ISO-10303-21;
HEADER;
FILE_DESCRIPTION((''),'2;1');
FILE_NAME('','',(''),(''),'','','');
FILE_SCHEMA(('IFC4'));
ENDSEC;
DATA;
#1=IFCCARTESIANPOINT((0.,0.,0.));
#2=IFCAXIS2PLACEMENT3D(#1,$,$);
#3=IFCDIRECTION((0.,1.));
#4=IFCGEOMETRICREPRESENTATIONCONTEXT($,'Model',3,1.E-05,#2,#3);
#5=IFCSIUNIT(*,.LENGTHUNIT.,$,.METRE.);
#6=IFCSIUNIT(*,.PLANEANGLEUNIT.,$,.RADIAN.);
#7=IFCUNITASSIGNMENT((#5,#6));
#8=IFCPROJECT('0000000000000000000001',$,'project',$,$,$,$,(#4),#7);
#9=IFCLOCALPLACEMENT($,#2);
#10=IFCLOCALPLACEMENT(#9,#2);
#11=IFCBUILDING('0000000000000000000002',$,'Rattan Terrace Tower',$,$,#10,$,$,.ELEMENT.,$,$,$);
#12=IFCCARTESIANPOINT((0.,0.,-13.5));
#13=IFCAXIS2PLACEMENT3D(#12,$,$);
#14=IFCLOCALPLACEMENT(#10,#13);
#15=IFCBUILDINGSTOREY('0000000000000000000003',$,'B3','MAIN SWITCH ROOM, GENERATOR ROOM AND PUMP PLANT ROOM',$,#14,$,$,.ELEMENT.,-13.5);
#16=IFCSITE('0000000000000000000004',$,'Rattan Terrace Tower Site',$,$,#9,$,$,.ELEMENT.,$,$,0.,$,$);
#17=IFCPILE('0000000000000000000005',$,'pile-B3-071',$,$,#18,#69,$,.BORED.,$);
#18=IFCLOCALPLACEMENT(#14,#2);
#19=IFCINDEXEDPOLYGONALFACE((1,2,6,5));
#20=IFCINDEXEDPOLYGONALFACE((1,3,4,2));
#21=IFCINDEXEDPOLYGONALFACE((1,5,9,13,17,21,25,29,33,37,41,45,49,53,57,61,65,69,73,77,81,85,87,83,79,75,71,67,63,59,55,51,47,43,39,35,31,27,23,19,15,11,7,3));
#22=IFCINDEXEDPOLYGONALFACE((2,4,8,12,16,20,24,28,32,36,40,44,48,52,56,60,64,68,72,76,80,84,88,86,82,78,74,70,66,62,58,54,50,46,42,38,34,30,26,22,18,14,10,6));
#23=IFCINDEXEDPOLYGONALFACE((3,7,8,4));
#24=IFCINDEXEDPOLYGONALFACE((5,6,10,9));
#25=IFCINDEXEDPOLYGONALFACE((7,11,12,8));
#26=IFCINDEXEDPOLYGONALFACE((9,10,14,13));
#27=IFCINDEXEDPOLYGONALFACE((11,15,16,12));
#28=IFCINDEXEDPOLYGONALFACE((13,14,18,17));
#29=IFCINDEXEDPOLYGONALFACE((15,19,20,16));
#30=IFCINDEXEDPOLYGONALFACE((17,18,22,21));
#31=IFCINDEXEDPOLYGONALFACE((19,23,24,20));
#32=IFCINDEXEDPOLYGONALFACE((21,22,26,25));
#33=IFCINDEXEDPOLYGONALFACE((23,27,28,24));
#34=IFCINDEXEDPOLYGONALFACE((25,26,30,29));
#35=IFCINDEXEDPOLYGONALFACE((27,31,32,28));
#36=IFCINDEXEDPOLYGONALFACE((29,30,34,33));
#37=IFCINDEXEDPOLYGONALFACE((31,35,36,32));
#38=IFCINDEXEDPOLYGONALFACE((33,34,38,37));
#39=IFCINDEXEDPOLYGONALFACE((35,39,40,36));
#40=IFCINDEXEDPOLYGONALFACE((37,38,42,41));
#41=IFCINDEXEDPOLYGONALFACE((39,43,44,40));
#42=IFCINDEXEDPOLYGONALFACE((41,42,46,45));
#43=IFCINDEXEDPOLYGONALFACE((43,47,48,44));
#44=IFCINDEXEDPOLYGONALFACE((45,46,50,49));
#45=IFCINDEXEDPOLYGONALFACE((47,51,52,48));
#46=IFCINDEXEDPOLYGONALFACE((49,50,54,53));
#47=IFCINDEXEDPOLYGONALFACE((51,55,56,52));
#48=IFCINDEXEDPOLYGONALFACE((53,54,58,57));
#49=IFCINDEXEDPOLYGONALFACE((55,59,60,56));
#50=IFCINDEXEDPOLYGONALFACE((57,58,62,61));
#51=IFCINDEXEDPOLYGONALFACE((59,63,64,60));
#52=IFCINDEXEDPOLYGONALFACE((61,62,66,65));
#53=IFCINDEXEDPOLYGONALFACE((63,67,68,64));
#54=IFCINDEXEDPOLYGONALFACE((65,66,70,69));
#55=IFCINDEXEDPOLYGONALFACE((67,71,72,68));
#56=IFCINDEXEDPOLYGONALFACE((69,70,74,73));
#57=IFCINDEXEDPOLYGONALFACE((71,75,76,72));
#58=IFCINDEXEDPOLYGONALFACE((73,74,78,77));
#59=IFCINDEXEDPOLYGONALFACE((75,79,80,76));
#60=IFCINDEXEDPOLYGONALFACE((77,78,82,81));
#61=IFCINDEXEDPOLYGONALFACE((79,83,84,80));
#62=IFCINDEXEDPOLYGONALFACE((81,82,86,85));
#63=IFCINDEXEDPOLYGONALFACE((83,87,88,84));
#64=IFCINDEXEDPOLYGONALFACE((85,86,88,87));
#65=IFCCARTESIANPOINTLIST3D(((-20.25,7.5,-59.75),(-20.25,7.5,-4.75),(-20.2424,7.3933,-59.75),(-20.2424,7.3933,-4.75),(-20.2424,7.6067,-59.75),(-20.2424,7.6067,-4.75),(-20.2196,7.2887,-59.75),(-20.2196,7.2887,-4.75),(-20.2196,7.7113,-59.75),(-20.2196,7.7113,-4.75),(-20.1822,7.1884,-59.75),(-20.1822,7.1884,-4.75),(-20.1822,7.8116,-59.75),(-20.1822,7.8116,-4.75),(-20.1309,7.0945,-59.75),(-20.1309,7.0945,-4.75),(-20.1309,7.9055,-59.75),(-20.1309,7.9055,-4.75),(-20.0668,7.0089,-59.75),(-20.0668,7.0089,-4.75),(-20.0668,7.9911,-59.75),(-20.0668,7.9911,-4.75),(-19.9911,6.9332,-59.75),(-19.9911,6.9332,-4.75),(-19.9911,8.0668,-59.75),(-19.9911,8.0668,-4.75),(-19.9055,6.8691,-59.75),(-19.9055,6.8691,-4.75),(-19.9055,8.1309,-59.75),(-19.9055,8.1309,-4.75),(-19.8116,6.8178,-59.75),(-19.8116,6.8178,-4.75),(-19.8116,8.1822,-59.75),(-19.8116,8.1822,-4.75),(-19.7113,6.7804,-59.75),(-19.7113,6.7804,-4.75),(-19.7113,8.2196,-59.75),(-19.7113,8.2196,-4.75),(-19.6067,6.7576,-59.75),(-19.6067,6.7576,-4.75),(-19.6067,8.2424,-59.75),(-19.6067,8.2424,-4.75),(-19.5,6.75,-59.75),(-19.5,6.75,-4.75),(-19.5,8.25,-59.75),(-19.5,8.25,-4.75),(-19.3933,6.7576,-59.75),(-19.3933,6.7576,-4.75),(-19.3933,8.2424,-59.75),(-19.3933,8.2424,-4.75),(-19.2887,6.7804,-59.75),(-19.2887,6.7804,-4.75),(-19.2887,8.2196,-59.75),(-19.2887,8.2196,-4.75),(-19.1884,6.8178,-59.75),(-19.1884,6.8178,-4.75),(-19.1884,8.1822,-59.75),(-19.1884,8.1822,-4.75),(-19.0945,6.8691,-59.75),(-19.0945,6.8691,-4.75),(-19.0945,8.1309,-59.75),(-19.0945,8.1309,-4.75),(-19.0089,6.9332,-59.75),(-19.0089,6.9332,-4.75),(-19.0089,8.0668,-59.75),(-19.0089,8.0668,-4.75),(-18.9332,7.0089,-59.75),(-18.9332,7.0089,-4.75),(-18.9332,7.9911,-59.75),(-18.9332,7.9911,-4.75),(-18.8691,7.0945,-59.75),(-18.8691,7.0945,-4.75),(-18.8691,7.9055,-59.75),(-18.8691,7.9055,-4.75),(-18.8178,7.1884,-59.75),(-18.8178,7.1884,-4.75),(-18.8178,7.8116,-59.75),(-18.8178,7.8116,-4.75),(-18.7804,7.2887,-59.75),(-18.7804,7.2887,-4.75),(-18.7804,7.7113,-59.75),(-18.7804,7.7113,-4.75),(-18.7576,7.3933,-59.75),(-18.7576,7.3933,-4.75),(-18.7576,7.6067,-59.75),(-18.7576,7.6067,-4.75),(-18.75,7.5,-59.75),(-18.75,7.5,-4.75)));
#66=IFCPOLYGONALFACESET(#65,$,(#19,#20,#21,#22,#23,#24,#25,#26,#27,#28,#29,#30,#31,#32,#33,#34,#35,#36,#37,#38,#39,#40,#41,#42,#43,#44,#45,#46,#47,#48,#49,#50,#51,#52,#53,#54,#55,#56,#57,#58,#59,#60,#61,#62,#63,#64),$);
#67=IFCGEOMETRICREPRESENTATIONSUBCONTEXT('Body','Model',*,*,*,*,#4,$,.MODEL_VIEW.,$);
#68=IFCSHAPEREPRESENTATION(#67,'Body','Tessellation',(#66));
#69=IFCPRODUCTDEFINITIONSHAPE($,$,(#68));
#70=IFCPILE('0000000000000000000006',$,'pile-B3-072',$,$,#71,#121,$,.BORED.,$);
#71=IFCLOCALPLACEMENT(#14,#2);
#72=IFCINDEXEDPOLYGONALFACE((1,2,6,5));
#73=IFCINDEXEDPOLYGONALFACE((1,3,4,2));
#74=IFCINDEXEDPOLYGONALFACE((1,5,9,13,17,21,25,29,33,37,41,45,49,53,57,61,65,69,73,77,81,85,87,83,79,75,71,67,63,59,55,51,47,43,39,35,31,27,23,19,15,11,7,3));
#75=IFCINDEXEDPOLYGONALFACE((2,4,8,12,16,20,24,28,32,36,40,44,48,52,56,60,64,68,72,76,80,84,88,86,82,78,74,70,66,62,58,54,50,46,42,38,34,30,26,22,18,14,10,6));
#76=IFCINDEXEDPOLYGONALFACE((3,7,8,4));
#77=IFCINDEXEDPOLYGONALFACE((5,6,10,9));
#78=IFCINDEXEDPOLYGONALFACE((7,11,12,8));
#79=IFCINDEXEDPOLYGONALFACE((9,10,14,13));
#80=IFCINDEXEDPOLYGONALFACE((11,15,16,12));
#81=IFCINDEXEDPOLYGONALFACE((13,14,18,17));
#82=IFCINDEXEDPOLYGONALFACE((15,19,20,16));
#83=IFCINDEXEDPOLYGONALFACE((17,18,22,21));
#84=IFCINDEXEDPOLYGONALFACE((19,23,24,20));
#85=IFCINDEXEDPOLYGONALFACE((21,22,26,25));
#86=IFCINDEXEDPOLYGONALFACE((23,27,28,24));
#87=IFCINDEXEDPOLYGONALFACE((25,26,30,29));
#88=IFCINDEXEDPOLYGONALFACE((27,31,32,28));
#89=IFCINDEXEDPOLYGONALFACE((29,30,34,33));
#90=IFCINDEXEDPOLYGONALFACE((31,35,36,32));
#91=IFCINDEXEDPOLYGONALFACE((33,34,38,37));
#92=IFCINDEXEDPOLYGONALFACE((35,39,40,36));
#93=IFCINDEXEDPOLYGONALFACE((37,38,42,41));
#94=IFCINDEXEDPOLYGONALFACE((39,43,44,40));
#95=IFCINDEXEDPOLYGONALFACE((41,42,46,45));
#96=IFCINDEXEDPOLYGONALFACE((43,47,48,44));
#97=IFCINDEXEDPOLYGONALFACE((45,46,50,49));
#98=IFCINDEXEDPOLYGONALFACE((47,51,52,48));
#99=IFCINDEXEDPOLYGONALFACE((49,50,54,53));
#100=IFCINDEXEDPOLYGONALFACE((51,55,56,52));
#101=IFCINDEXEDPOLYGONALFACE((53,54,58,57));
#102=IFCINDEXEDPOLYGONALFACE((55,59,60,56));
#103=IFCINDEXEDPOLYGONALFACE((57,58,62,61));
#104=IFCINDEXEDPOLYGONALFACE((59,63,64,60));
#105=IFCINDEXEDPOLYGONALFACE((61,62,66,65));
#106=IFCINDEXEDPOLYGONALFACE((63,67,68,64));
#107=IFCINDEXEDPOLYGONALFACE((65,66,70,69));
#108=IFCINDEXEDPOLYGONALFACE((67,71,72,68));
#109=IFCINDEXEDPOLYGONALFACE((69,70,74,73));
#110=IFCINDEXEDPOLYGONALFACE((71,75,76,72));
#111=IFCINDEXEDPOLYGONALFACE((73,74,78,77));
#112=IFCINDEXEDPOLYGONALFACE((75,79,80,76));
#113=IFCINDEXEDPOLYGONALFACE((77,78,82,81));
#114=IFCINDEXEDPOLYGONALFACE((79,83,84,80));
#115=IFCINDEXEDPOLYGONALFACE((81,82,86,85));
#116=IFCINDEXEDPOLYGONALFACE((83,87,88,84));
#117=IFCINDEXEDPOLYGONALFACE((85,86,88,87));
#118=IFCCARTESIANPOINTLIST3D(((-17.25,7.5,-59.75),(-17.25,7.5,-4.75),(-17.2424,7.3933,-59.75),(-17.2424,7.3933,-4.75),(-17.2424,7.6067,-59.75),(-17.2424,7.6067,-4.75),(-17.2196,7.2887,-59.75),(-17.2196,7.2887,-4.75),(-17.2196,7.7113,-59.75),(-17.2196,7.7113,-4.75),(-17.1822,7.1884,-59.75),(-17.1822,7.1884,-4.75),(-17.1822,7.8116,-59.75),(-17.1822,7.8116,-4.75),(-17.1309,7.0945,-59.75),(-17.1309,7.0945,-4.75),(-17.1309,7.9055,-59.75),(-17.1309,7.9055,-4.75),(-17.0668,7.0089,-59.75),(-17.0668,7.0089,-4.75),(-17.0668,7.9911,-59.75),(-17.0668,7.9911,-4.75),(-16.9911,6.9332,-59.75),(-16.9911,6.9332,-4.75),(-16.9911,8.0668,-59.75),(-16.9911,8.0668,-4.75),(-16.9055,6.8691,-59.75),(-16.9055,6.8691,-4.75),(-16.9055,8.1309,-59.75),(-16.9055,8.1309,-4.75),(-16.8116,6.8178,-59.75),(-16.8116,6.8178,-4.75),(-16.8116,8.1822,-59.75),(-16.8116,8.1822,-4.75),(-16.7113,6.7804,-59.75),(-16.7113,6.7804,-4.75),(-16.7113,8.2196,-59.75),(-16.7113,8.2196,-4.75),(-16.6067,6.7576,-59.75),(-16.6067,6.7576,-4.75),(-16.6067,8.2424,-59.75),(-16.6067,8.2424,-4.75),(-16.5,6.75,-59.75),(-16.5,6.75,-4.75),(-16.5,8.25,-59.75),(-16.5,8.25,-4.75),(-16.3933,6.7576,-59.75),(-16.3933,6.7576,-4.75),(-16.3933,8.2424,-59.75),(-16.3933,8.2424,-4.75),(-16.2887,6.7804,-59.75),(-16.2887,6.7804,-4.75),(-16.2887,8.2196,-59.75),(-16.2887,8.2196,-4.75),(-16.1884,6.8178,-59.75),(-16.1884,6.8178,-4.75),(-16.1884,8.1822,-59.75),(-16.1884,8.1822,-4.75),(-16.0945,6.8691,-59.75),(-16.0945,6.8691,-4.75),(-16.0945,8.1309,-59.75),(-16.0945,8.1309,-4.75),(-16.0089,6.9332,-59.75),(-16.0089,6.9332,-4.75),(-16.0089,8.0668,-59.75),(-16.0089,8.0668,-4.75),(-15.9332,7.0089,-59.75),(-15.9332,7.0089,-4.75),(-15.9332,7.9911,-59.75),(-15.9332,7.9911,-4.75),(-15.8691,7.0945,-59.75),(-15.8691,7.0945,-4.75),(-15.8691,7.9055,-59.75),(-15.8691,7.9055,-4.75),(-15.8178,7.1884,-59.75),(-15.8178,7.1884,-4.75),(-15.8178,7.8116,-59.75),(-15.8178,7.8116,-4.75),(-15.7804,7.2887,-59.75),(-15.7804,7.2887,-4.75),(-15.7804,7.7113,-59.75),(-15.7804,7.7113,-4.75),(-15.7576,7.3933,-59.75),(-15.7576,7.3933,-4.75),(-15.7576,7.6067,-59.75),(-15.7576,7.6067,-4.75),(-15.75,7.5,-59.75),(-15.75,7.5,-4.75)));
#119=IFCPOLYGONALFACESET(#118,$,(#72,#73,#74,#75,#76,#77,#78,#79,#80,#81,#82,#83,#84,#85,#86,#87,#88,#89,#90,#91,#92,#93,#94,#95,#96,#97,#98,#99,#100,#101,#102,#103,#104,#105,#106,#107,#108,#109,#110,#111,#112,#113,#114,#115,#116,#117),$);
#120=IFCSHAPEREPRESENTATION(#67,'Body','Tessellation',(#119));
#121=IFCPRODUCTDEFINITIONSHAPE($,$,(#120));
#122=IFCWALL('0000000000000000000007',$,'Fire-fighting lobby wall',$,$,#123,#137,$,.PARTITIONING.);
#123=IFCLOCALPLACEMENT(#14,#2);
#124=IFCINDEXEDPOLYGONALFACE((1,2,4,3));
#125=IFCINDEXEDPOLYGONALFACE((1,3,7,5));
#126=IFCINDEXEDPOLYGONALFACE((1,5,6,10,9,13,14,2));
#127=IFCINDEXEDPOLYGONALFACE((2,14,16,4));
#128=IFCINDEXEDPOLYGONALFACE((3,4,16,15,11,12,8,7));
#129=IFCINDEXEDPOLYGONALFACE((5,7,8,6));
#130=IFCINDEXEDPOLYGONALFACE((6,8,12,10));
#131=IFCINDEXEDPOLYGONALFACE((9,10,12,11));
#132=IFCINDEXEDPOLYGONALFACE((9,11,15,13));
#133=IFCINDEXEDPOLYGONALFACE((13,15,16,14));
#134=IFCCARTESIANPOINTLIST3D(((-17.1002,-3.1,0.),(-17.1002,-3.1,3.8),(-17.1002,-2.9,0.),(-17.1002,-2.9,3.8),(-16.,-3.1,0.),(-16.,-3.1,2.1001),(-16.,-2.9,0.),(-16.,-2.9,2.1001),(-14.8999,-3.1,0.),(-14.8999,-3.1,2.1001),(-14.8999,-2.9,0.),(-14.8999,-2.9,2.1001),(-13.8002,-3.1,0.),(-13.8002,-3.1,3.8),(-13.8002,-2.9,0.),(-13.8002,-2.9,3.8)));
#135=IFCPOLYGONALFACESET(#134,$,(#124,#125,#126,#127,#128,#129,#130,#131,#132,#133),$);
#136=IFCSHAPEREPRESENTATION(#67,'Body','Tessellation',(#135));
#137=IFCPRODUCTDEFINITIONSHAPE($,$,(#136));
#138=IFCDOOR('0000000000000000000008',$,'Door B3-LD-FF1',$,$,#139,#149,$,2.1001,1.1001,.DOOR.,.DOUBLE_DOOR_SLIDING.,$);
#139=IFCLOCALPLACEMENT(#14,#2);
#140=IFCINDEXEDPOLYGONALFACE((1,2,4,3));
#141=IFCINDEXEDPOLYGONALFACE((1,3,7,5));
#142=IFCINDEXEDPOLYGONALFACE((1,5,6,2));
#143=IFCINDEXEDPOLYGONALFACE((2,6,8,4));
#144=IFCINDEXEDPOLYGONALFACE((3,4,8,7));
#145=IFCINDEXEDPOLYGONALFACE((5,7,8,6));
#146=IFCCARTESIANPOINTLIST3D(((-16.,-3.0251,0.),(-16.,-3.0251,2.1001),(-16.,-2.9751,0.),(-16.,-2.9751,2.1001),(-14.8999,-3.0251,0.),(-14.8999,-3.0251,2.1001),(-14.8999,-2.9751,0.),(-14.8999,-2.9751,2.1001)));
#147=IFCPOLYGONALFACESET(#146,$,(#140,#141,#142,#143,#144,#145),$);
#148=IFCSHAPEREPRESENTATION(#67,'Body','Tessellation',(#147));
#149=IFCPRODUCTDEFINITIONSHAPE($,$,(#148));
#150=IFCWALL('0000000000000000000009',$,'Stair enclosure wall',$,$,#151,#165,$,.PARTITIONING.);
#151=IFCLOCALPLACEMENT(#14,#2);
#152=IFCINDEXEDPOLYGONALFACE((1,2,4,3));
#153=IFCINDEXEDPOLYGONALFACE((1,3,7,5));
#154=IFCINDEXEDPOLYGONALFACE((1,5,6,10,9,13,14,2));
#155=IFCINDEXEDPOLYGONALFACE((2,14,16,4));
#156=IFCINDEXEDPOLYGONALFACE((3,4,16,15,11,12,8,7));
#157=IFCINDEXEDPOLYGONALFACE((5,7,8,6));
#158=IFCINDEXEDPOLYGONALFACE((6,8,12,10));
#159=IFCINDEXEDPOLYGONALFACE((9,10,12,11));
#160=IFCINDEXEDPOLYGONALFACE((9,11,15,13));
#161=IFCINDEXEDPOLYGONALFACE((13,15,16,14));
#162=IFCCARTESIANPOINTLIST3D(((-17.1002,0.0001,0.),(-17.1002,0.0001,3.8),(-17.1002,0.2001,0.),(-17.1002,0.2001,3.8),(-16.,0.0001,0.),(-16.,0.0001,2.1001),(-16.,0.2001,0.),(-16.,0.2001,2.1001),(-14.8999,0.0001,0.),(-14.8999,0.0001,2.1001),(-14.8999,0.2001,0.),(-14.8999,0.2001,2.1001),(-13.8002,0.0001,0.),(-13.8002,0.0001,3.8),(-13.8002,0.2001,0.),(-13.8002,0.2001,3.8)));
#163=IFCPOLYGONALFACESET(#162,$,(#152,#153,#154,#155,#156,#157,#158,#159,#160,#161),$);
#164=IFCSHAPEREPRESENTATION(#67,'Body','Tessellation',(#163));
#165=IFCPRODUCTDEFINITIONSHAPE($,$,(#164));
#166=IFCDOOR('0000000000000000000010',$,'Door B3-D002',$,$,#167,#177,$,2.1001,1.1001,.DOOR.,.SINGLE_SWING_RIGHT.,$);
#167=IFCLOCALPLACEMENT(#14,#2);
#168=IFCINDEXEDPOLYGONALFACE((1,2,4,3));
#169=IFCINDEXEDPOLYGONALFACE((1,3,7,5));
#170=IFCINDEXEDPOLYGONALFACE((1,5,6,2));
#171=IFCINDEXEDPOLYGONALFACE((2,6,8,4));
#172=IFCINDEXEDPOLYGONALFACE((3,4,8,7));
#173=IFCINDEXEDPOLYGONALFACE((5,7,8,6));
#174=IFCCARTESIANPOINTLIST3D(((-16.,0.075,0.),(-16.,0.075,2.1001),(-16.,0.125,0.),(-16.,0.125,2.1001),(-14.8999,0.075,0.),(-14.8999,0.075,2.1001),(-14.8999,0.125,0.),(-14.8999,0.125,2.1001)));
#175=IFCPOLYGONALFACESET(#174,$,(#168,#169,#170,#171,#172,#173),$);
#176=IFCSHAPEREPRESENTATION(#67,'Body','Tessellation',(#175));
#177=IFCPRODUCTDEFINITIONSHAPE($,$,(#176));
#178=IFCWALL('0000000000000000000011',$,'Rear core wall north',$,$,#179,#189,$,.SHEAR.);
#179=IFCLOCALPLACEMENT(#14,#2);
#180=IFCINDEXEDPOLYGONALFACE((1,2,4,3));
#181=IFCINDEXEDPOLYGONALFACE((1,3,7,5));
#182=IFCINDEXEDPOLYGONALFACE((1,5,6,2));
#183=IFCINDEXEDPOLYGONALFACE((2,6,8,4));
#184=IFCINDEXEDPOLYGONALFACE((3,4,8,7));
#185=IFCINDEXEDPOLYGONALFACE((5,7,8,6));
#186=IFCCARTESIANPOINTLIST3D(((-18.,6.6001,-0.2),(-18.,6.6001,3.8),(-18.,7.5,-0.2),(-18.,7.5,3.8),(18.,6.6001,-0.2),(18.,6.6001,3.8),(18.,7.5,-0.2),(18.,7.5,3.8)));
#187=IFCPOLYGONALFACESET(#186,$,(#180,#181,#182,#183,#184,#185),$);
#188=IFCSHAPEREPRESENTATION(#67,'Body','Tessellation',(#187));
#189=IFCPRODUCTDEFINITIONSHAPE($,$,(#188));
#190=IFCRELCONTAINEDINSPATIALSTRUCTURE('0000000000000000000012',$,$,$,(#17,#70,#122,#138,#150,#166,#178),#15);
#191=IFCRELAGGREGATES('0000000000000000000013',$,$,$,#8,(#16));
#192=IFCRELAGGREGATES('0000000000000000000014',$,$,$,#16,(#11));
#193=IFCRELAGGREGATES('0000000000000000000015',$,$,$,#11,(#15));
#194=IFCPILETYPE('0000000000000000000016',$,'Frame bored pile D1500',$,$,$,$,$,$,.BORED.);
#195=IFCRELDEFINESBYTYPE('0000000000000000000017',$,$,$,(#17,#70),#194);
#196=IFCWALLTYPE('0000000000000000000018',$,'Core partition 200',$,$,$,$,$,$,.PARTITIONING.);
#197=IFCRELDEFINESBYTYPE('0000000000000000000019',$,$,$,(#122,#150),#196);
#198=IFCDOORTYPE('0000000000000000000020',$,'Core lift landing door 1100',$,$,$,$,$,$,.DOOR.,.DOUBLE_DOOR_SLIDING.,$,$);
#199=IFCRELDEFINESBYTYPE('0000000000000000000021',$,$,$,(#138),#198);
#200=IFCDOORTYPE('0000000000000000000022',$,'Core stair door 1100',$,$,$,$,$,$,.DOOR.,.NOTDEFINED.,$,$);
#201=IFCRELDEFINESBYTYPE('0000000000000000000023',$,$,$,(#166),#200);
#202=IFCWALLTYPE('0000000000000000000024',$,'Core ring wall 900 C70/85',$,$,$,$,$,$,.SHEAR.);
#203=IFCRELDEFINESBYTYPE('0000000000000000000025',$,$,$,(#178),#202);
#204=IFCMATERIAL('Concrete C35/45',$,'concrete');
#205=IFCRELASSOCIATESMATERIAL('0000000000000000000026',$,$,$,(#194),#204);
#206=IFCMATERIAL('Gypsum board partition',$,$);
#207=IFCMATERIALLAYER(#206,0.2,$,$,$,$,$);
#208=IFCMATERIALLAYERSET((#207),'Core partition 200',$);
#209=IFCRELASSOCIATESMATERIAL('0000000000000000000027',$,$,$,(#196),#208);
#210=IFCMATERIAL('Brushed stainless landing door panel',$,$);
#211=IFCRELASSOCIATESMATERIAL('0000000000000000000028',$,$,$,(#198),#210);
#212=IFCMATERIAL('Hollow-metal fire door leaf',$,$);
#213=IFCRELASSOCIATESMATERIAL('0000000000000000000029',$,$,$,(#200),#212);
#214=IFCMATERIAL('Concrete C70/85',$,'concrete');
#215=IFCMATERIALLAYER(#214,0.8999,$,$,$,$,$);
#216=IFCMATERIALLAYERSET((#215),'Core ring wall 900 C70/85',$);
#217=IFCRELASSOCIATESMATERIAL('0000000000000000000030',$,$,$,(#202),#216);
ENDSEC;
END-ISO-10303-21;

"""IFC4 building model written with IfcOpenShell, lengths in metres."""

from ifc_helpers import new_model, si_unit, direction, frame, frame_2d, origin, origin_2d, place, context, subcontext, project, spatial, rectangle, circle, extrude, material, layer, layer_set, material_profile, profile_set, type_object, element, fill, save


model = new_model("IFC4")

# Units and contexts
model_context = context("Model", 3, precision=1e-05, world=origin(), true_north=direction((0.0, 1.0)))
body_context = subcontext(model_context, "Body", "Model", "MODEL_VIEW")
ifc_project = project(units=[si_unit("LENGTHUNIT", "METRE"), si_unit("PLANEANGLEUNIT", "RADIAN")], contexts=[model_context])

# Site, building, storey
site_placement = place(None, origin())
site = spatial("IfcSite", under=ifc_project, at=site_placement, Name="Rattan Terrace Tower Site", CompositionType="ELEMENT", RefElevation=0.0)
building_placement = place(site_placement, origin())
building = spatial("IfcBuilding", under=site, at=building_placement, Name="Rattan Terrace Tower", CompositionType="ELEMENT")
storey_placement = place(building_placement, frame((0.0, 0.0, -13.5)))
storey = spatial("IfcBuildingStorey", under=building, at=storey_placement, Name="B3", Description="MAIN SWITCH ROOM, GENERATOR ROOM AND PUMP PLANT ROOM", CompositionType="ELEMENT", Elevation=-13.5)

# Piles
ifc_material_1 = material(Name="Concrete C35/45", Category="concrete")
ifc_material_profile = material_profile(ifc_material_1, circle(Radius=0.75, at=origin_2d()), Name="PILE D1500")
ifc_profile_set = profile_set([ifc_material_profile], Name="Concrete C35/45")
pile_type = type_object("IfcPileType", Name="Frame bored pile D1500", PredefinedType="BORED", material=ifc_profile_set)
for number, where, z_axis, x_axis, name in (
    (1, (-19.5, 7.5, -4.75), (0.0, 0.0, -1.0), (1.0, 0.0, 0.0), "pile-B3-071"),
    (2, (-16.5, 7.5, -4.75), (0.0, 0.0, -1.0), (1.0, 0.0, 0.0), "pile-B3-072"),
):
    element("IfcPile", number, at=place(storey_placement, frame(where, z_axis=z_axis, x_axis=x_axis)), inside=storey, type_object=pile_type, Name=name, PredefinedType="BORED", context=body_context, shape_type="SweptSolid", body=[
        extrude(circle(Radius=0.75, at=origin_2d()), origin(), (0.0, 0.0, 1.0), 55.0),
    ])

# Walls, openings, doors
ifc_material_2 = material(Name="Gypsum board partition")
ifc_layer_1 = layer(ifc_material_2, 0.2)
ifc_layer_set_1 = layer_set([ifc_layer_1], Name="Core partition 200")
wall_type_1 = type_object("IfcWallType", Name="Core partition 200", PredefinedType="PARTITIONING", material=ifc_layer_set_1)
wall_1_placement = place(storey_placement, frame((-17.1001, -3.0, 0.0), z_axis=(0.0, 0.0, 1.0), x_axis=(1.0, 0.0, 0.0)))
wall_1 = element("IfcWall", 3, at=wall_1_placement, inside=storey, type_object=wall_type_1, Name="Fire-fighting lobby wall", PredefinedType="PARTITIONING", context=body_context, shape_type="SweptSolid", body=[
    extrude(rectangle(XDim=3.3, YDim=0.2, at=frame_2d((1.6499, 0.0))), origin(), (0.0, 0.0, 1.0), 3.8),
])
opening_1_placement = place(wall_1_placement, frame((1.1001, 0.0, 0.0)))
opening_1 = element("IfcOpeningElement", 4, at=opening_1_placement, cuts=wall_1, PredefinedType="OPENING", context=body_context, shape_type="SweptSolid", body=[
    extrude(rectangle(XDim=1.1001, YDim=2.1001, at=frame_2d((0.55, 1.05))), frame((0.0, 0.1106, 0.0), z_axis=(0.0, -1.0, 0.0), x_axis=(1.0, 0.0, 0.0)), (0.0, 0.0, 1.0), 0.2209),
])
ifc_material_3 = material(Name="Brushed stainless landing door panel")
door_type_1 = type_object("IfcDoorType", Name="Core lift landing door 1100", OperationType="DOUBLE_DOOR_SLIDING", PredefinedType="DOOR", material=ifc_material_3)
door_1_placement = place(opening_1_placement, origin())
door_1 = element("IfcDoor", 5, at=door_1_placement, inside=storey, type_object=door_type_1, Name="Door B3-LD-FF1", OperationType="DOUBLE_DOOR_SLIDING", OverallHeight=2.1001, OverallWidth=1.1001, PredefinedType="DOOR", context=body_context, shape_type="SweptSolid", body=[
    extrude(rectangle(XDim=1.1001, YDim=2.1001, at=frame_2d((0.55, 1.05))), frame((0.0, 0.0249, 0.0), z_axis=(0.0, -1.0, 0.0), x_axis=(1.0, 0.0, 0.0)), (0.0, 0.0, 1.0), 0.05),
])
fill(opening_1, door_1)
wall_2_placement = place(storey_placement, frame((-17.1001, 0.1001, 0.0), z_axis=(0.0, 0.0, 1.0), x_axis=(1.0, 0.0, 0.0)))
wall_2 = element("IfcWall", 6, at=wall_2_placement, inside=storey, type_object=wall_type_1, Name="Stair enclosure wall", PredefinedType="PARTITIONING", context=body_context, shape_type="SweptSolid", body=[
    extrude(rectangle(XDim=3.3, YDim=0.2, at=frame_2d((1.6499, 0.0))), origin(), (0.0, 0.0, 1.0), 3.8),
])
opening_2_placement = place(wall_2_placement, frame((1.1001, 0.0, 0.0)))
opening_2 = element("IfcOpeningElement", 7, at=opening_2_placement, cuts=wall_2, PredefinedType="OPENING", context=body_context, shape_type="SweptSolid", body=[
    extrude(rectangle(XDim=1.1001, YDim=2.1001, at=frame_2d((0.55, 1.05))), frame((0.0, 0.1106, 0.0), z_axis=(0.0, -1.0, 0.0), x_axis=(1.0, 0.0, 0.0)), (0.0, 0.0, 1.0), 0.2209),
])
ifc_material_4 = material(Name="Hollow-metal fire door leaf")
door_type_2 = type_object("IfcDoorType", Name="Core stair door 1100", OperationType="NOTDEFINED", PredefinedType="DOOR", material=ifc_material_4)
door_2_placement = place(opening_2_placement, origin())
door_2 = element("IfcDoor", 8, at=door_2_placement, inside=storey, type_object=door_type_2, Name="Door B3-D002", OperationType="SINGLE_SWING_RIGHT", OverallHeight=2.1001, OverallWidth=1.1001, PredefinedType="DOOR", context=body_context, shape_type="SweptSolid", body=[
    extrude(rectangle(XDim=1.1001, YDim=2.1001, at=frame_2d((0.55, 1.05))), frame((0.0, 0.0249, 0.0), z_axis=(0.0, -1.0, 0.0), x_axis=(1.0, 0.0, 0.0)), (0.0, 0.0, 1.0), 0.05),
])
fill(opening_2, door_2)

# Wall
ifc_material_5 = material(Name="Concrete C70/85", Category="concrete")
ifc_layer_2 = layer(ifc_material_5, 0.8999)
ifc_layer_set_2 = layer_set([ifc_layer_2], Name="Core ring wall 900 C70/85")
wall_type_2 = type_object("IfcWallType", Name="Core ring wall 900 C70/85", PredefinedType="SHEAR", material=ifc_layer_set_2)
wall_3_placement = place(storey_placement, frame((-18.0, 7.05, -0.2), z_axis=(0.0, 0.0, 1.0), x_axis=(1.0, 0.0, 0.0)))
element("IfcWall", 9, at=wall_3_placement, inside=storey, type_object=wall_type_2, Name="Rear core wall north", PredefinedType="SHEAR", context=body_context, shape_type="SweptSolid", body=[
    extrude(rectangle(XDim=36.0, YDim=0.8999, at=frame_2d((18.0, 0.0))), origin(), (0.0, 0.0, 1.0), 4.0),
])

save(model, "model.ifc")
